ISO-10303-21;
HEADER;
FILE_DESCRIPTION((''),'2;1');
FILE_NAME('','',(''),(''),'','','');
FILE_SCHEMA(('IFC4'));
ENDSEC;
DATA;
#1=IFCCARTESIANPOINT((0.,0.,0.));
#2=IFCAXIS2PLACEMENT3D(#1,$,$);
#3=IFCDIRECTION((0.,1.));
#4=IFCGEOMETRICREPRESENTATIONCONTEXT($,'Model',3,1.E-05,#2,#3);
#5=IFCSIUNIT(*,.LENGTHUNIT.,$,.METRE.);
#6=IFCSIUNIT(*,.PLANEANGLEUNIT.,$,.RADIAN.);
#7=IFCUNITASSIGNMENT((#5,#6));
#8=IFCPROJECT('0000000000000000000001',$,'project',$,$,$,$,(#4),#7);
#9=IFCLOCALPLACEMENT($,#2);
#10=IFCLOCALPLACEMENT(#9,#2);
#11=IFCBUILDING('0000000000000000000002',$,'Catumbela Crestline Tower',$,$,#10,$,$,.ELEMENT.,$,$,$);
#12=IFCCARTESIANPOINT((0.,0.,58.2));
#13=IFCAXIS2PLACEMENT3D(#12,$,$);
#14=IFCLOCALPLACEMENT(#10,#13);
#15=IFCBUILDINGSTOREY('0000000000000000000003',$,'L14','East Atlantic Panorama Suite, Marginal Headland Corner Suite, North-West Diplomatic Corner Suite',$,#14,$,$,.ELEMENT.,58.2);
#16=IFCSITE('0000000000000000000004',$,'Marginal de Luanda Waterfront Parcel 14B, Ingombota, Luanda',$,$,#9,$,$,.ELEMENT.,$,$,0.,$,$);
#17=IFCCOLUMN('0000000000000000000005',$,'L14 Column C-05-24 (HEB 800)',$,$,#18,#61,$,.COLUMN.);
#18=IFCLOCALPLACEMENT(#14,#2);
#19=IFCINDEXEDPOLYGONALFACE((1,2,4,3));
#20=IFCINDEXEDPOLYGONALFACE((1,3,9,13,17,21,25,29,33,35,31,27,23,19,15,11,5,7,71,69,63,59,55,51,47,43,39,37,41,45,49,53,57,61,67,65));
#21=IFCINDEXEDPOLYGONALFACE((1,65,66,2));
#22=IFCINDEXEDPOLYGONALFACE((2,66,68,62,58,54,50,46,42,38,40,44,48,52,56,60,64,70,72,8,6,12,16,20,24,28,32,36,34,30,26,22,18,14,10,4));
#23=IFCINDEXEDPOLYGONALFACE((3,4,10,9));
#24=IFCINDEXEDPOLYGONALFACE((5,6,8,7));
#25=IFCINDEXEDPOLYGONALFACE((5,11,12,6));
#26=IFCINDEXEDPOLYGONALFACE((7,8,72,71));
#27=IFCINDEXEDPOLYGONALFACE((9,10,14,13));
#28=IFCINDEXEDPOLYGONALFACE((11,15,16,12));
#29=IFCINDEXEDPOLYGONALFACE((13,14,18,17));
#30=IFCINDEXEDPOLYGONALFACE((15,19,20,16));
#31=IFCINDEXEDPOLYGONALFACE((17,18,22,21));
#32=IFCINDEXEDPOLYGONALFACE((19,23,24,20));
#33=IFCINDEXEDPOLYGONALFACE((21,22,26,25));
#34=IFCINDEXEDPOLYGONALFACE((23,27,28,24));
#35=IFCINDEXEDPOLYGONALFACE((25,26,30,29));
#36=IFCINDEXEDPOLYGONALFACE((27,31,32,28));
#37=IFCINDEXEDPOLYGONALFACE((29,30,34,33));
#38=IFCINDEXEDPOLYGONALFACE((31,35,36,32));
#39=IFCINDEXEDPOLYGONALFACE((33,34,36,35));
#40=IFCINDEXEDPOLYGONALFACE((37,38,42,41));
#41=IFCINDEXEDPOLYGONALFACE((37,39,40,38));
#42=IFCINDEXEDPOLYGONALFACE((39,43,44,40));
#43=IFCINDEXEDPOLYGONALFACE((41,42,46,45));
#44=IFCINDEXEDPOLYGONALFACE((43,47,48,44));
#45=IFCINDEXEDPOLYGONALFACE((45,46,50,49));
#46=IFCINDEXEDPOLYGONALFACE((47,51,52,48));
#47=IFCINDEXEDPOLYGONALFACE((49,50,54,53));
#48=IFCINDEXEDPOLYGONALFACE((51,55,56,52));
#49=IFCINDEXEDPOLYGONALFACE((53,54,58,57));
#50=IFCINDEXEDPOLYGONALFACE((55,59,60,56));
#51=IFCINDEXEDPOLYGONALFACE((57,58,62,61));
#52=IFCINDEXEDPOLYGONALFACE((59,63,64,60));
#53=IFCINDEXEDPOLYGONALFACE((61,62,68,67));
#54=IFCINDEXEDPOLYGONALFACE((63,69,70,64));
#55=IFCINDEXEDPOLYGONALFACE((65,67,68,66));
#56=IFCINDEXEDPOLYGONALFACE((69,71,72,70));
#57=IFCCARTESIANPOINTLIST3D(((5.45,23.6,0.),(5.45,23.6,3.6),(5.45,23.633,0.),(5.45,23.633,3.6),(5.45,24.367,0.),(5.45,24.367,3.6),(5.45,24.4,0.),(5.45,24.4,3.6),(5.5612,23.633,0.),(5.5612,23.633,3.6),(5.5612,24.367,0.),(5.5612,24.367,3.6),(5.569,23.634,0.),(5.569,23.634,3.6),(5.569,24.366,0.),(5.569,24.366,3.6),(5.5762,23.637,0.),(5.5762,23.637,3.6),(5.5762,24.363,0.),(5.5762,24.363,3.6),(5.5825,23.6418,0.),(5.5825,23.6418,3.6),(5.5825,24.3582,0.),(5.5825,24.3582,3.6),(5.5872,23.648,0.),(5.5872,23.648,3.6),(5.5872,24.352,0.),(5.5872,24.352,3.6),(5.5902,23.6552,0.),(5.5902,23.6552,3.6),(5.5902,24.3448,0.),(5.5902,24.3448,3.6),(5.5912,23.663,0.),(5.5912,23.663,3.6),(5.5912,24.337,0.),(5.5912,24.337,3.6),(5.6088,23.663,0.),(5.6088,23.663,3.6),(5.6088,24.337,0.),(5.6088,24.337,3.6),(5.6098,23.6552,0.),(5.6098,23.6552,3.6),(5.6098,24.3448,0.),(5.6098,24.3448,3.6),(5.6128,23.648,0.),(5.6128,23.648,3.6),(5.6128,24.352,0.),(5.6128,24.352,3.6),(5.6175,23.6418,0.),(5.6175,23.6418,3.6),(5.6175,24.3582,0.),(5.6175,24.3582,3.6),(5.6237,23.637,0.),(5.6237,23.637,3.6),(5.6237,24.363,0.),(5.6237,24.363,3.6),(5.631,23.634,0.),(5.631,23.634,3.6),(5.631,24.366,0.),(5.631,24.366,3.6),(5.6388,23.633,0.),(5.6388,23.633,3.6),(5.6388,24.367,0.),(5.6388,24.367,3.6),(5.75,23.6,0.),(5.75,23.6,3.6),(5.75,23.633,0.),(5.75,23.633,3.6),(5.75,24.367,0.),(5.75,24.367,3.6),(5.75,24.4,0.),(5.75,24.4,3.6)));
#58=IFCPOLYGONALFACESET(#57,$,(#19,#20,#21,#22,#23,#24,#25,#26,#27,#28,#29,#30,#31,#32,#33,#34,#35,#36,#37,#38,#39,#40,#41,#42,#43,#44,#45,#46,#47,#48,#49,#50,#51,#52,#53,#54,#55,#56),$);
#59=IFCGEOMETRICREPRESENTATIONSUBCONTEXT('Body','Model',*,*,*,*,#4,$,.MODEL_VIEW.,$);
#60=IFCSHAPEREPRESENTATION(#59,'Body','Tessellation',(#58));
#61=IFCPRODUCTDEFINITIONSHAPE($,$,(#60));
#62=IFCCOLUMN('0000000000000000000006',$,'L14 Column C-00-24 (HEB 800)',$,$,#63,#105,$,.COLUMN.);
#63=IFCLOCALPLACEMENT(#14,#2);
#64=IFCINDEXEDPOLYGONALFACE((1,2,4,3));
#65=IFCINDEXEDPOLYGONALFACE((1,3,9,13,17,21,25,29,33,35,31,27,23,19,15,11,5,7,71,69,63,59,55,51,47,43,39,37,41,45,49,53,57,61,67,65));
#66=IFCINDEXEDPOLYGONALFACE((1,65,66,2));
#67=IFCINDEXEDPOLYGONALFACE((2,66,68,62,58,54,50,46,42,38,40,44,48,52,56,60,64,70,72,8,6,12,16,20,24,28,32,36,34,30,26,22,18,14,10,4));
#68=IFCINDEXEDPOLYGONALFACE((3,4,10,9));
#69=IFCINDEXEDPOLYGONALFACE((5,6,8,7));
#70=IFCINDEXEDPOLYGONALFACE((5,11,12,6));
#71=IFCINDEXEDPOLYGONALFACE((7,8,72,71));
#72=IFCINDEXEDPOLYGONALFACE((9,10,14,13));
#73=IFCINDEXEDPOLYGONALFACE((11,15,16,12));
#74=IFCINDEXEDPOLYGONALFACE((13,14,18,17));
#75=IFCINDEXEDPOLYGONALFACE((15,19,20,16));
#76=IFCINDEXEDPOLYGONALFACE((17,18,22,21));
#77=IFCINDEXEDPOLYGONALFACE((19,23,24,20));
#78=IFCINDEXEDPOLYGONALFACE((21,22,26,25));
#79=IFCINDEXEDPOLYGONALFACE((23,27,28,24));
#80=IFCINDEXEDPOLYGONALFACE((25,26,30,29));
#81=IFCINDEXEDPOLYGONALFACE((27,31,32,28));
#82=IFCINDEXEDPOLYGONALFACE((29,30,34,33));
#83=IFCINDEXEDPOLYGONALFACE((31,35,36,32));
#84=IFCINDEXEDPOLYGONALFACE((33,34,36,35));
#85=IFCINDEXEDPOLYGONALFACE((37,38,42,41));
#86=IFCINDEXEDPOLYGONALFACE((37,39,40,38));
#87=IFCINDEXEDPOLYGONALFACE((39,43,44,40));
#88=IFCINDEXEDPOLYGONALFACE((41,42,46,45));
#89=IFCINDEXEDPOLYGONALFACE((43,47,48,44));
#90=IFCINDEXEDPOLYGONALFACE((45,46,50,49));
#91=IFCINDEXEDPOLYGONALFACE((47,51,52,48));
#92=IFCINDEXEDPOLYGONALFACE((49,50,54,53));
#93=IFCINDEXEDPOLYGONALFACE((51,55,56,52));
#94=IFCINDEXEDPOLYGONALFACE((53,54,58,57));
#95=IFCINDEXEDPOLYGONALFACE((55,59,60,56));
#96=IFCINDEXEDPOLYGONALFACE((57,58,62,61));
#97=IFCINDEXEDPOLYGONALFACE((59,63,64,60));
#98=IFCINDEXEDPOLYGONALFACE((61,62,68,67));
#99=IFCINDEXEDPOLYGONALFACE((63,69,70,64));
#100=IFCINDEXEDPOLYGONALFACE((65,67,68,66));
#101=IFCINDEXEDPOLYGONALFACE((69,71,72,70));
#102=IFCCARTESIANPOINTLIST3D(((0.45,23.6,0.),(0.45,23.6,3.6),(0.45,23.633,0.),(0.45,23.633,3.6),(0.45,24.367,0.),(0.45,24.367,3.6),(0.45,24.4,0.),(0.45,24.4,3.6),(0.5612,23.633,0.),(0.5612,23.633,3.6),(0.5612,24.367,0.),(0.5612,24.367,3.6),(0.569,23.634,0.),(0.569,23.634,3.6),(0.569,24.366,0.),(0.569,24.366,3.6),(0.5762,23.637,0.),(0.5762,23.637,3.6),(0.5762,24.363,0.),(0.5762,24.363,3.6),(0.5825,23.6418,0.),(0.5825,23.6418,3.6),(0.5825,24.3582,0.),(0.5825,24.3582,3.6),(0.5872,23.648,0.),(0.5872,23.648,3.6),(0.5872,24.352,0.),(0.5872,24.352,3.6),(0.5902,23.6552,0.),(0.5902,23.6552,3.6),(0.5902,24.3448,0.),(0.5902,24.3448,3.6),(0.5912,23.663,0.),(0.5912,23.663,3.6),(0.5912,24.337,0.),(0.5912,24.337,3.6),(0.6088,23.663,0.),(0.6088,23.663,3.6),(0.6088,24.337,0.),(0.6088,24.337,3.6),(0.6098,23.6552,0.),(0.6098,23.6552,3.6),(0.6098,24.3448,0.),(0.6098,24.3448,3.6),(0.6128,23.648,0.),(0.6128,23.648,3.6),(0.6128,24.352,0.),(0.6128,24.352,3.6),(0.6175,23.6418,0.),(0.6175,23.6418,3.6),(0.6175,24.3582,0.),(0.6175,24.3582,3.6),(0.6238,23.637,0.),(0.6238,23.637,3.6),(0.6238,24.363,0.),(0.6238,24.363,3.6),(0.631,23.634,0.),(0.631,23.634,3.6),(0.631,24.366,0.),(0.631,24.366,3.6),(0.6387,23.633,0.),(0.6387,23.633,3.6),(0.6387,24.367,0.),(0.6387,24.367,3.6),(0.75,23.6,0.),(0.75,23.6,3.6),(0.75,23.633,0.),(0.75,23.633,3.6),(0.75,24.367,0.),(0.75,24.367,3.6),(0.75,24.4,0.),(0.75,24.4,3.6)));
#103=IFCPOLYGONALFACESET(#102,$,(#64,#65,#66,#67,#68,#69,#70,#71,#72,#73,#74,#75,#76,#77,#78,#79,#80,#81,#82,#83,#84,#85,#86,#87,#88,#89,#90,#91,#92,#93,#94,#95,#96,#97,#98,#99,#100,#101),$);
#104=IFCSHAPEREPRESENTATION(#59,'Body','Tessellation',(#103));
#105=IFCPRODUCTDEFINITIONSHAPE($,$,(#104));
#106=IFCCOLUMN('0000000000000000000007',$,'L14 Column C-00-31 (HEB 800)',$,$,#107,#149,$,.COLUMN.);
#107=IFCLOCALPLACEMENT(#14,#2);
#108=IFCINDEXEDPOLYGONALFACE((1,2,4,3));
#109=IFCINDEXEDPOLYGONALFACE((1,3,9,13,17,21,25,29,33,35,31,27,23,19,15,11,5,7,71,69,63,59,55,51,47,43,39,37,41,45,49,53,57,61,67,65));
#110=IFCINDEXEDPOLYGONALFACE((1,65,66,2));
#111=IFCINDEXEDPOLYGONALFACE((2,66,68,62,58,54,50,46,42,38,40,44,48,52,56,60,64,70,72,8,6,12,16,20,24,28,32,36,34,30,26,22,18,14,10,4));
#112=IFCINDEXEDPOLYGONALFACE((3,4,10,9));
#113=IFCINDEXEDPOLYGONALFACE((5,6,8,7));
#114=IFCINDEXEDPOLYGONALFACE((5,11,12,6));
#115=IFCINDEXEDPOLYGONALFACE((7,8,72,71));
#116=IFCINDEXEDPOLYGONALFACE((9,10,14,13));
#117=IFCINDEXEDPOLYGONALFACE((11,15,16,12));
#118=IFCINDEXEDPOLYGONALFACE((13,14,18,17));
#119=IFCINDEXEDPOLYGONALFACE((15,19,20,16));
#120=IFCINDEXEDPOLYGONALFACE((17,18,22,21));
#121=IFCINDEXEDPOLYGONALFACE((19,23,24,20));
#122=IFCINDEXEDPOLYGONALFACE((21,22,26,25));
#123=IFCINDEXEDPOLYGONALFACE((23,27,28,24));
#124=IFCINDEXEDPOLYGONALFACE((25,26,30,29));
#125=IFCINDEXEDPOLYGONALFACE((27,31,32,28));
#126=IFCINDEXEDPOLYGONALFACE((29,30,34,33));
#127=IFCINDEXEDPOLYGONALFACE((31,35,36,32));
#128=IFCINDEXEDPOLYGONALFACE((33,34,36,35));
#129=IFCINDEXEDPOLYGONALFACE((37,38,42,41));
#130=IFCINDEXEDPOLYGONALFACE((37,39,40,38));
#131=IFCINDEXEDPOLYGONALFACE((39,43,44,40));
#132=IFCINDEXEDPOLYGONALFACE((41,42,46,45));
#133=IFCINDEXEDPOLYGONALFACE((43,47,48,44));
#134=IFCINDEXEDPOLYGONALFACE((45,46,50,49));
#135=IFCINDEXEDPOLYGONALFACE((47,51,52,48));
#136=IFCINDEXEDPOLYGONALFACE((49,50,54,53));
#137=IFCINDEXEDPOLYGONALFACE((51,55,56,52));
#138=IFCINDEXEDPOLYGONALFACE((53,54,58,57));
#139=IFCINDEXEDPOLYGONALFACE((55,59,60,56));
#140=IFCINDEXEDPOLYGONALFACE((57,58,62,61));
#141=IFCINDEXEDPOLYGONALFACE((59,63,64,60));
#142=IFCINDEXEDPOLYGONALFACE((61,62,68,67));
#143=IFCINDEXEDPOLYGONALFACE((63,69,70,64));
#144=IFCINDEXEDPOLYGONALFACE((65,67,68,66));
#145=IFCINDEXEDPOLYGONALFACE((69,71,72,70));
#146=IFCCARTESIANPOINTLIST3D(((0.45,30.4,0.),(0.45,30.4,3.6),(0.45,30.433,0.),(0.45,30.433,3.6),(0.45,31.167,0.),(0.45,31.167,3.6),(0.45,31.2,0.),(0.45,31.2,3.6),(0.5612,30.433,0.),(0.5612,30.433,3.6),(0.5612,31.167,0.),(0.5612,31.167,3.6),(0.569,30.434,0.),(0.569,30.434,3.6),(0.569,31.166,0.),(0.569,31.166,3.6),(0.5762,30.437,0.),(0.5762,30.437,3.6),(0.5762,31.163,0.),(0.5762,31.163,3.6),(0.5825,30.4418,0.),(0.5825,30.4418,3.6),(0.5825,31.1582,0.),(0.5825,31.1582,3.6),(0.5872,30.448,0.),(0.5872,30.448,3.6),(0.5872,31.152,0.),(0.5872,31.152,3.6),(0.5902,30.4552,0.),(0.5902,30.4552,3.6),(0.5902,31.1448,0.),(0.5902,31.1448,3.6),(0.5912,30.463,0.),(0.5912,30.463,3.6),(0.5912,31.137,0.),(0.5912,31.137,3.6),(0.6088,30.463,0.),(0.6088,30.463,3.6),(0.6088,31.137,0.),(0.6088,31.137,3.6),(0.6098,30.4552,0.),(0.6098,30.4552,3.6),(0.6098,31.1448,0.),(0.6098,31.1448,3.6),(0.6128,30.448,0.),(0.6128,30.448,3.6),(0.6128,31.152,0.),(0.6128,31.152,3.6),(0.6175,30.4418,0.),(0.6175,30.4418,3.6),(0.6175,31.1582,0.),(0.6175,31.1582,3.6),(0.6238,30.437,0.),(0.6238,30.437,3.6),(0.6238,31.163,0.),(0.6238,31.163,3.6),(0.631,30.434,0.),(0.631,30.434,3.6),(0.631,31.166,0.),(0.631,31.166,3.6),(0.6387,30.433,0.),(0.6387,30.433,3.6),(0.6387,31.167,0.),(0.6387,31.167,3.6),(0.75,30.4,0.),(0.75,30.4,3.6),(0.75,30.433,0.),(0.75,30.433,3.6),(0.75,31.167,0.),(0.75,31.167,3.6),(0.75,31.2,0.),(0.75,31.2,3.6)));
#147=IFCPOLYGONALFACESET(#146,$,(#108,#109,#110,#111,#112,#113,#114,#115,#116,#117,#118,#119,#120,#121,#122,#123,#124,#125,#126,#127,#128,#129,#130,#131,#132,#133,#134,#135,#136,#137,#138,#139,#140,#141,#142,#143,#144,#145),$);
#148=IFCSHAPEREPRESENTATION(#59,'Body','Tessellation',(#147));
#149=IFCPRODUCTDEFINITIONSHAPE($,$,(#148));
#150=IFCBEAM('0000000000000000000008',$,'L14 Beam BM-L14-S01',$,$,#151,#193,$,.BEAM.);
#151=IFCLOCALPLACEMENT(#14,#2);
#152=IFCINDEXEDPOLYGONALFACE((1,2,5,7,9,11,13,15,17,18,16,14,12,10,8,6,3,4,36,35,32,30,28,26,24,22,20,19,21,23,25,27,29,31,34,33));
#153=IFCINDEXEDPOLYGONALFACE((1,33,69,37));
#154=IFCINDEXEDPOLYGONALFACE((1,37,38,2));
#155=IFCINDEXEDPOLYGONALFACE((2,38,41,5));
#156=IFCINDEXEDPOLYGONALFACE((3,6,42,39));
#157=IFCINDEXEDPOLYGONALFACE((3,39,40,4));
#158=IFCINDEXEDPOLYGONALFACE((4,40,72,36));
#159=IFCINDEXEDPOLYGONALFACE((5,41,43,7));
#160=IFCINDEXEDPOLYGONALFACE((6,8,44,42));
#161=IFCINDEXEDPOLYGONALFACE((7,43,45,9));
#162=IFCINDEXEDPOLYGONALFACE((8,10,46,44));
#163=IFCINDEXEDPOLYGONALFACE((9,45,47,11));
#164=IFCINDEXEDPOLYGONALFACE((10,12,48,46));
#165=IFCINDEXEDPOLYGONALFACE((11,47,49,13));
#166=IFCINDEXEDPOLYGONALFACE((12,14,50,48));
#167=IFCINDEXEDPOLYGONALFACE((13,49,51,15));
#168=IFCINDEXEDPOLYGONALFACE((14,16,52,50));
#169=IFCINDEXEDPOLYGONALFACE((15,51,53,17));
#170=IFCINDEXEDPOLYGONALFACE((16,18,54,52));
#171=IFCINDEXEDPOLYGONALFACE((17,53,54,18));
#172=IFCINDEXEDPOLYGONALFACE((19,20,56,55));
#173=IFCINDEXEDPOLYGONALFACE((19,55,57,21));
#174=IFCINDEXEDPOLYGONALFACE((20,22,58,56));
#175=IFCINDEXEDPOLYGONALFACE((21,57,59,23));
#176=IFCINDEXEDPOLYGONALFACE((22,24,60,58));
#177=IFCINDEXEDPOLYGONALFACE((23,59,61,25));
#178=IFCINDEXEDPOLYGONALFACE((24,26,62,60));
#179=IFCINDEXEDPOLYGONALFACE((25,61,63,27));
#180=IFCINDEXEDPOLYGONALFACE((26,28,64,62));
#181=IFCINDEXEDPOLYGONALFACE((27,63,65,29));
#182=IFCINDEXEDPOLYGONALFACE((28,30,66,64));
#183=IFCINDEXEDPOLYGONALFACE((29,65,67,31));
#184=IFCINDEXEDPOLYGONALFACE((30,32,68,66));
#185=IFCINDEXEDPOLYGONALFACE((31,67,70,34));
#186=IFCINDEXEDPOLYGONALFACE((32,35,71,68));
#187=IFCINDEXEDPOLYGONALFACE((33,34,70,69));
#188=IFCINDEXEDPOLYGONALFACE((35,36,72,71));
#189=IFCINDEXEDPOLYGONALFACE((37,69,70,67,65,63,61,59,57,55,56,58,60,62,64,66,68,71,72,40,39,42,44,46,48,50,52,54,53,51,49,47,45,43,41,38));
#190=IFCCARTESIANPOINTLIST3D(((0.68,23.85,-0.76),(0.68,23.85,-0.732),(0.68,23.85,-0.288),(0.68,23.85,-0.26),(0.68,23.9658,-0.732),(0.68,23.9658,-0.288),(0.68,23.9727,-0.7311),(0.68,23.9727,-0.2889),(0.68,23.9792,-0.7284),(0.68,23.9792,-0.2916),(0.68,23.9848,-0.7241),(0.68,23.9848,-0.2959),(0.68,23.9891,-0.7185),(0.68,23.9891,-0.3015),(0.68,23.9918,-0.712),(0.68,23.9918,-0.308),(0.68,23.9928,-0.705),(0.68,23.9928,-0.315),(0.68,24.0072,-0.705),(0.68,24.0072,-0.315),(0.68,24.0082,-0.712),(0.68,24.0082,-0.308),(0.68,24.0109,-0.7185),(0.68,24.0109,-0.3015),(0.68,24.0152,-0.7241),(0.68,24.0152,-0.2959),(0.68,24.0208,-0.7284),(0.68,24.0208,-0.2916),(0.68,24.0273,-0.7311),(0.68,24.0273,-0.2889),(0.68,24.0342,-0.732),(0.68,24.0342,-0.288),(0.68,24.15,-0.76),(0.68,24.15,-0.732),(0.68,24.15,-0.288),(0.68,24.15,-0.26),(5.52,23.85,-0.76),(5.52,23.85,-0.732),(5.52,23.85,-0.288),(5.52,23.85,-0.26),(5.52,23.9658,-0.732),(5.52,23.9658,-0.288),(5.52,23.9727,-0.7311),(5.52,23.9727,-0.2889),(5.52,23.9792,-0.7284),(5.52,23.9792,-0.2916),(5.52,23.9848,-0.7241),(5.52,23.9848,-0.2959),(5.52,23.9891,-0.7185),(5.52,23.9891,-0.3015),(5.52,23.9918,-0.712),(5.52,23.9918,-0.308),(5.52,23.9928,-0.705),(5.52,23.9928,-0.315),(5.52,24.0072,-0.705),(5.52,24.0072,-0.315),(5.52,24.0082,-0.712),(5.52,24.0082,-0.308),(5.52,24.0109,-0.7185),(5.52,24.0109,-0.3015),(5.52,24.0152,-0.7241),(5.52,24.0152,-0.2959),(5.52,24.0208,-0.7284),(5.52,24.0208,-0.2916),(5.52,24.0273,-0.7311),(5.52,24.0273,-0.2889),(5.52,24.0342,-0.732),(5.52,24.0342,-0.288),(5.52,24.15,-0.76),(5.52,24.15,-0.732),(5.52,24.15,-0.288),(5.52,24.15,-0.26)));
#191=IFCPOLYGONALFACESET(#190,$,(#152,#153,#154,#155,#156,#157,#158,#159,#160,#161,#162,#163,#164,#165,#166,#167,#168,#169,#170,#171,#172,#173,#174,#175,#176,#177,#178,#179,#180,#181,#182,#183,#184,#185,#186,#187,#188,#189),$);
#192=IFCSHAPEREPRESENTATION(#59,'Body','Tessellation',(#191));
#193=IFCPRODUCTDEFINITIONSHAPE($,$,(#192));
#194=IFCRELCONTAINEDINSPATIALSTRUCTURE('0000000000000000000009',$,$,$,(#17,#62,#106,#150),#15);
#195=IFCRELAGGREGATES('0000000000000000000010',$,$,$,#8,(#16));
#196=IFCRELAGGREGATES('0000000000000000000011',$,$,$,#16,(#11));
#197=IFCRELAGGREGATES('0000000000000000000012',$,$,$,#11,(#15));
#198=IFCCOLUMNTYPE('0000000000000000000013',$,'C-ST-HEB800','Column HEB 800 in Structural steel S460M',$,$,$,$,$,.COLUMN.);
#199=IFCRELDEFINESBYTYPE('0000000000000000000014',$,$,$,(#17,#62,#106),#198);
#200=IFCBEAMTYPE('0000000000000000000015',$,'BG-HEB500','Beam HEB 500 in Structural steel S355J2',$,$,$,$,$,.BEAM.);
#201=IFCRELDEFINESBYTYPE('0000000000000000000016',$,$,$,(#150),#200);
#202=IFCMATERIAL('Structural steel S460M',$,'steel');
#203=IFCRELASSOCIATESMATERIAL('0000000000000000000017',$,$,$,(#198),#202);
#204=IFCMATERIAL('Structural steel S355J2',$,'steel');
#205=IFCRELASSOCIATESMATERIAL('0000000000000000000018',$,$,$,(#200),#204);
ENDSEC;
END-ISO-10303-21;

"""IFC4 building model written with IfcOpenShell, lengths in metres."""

from ifc_helpers import new_model, si_unit, direction, frame, origin, origin_2d, place, context, subcontext, project, spatial, i_section, extrude, material, material_profile, profile_set, type_object, element, save


model = new_model("IFC4")

# Units and contexts
model_context = context("Model", 3, precision=1e-05, world=origin(), true_north=direction((0.0, 1.0)))
body_context = subcontext(model_context, "Body", "Model", "MODEL_VIEW")
ifc_project = project(units=[si_unit("LENGTHUNIT", "METRE"), si_unit("PLANEANGLEUNIT", "RADIAN")], contexts=[model_context])

# Site, building, storey
site_placement = place(None, origin())
site = spatial("IfcSite", under=ifc_project, at=site_placement, Name="Marginal de Luanda Waterfront Parcel 14B, Ingombota, Luanda", CompositionType="ELEMENT", RefElevation=0.0)
building_placement = place(site_placement, origin())
building = spatial("IfcBuilding", under=site, at=building_placement, Name="Catumbela Crestline Tower", CompositionType="ELEMENT")
storey_placement = place(building_placement, frame((0.0, 0.0, 58.2)))
storey = spatial("IfcBuildingStorey", under=building, at=storey_placement, Name="L14", Description="East Atlantic Panorama Suite, Marginal Headland Corner Suite, North-West Diplomatic Corner Suite", CompositionType="ELEMENT", Elevation=58.2)

# Columns
ifc_material_1 = material(Name="Structural steel S460M", Category="steel")
ifc_material_profile_1 = material_profile(ifc_material_1, i_section(OverallWidth=0.3, OverallDepth=0.8, WebThickness=0.0175, FlangeThickness=0.033, FilletRadius=0.03, at=origin_2d()), Name="HEB 800")
ifc_profile_set_1 = profile_set([ifc_material_profile_1], Name="Structural steel S460M")
column_type = type_object("IfcColumnType", Name="C-ST-HEB800", Description="Column HEB 800 in Structural steel S460M", PredefinedType="COLUMN", material=ifc_profile_set_1)
for number, where, z_axis, x_axis, name in (
    (1, (5.6, 24.0, 0.0), (0.0, 0.0, 1.0), (1.0, 0.0, 0.0), "L14 Column C-05-24 (HEB 800)"),
    (2, (0.6, 24.0, 0.0), (0.0, 0.0, 1.0), (1.0, 0.0, 0.0), "L14 Column C-00-24 (HEB 800)"),
    (3, (0.6, 30.8, 0.0), (0.0, 0.0, 1.0), (1.0, 0.0, 0.0), "L14 Column C-00-31 (HEB 800)"),
):
    element("IfcColumn", number, at=place(storey_placement, frame(where, z_axis=z_axis, x_axis=x_axis)), inside=storey, type_object=column_type, Name=name, PredefinedType="COLUMN", context=body_context, shape_type="SweptSolid", body=[
        extrude(i_section(OverallWidth=0.3, OverallDepth=0.8, WebThickness=0.0175, FlangeThickness=0.033, FilletRadius=0.03, at=origin_2d()), origin(), (0.0, 0.0, 1.0), 3.6),
    ])

# Beam
ifc_material_2 = material(Name="Structural steel S355J2", Category="steel")
ifc_material_profile_2 = material_profile(ifc_material_2, i_section(OverallWidth=0.3, OverallDepth=0.5, WebThickness=0.0145, FlangeThickness=0.028, FilletRadius=0.027, at=origin_2d()), Name="HEB 500")
ifc_profile_set_2 = profile_set([ifc_material_profile_2], Name="Structural steel S355J2")
beam_type_1 = type_object("IfcBeamType", Name="BG-HEB500", Description="Beam HEB 500 in Structural steel S355J2", PredefinedType="BEAM", material=ifc_profile_set_2)
for number, where, z_axis, x_axis, name in (
    (4, (0.68, 24.0, -0.51), (1.0, 0.0, 0.0), (0.0, 1.0, 0.0), "L14 Beam BM-L14-S01"),
):
    element("IfcBeam", number, at=place(storey_placement, frame(where, z_axis=z_axis, x_axis=x_axis)), inside=storey, type_object=beam_type_1, Name=name, PredefinedType="BEAM", context=body_context, shape_type="SweptSolid", body=[
        extrude(i_section(OverallWidth=0.3, OverallDepth=0.5, WebThickness=0.0145, FlangeThickness=0.028, FilletRadius=0.027, at=origin_2d()), origin(), (0.0, 0.0, 1.0), 4.84),
    ])

save(model, "model.ifc")
